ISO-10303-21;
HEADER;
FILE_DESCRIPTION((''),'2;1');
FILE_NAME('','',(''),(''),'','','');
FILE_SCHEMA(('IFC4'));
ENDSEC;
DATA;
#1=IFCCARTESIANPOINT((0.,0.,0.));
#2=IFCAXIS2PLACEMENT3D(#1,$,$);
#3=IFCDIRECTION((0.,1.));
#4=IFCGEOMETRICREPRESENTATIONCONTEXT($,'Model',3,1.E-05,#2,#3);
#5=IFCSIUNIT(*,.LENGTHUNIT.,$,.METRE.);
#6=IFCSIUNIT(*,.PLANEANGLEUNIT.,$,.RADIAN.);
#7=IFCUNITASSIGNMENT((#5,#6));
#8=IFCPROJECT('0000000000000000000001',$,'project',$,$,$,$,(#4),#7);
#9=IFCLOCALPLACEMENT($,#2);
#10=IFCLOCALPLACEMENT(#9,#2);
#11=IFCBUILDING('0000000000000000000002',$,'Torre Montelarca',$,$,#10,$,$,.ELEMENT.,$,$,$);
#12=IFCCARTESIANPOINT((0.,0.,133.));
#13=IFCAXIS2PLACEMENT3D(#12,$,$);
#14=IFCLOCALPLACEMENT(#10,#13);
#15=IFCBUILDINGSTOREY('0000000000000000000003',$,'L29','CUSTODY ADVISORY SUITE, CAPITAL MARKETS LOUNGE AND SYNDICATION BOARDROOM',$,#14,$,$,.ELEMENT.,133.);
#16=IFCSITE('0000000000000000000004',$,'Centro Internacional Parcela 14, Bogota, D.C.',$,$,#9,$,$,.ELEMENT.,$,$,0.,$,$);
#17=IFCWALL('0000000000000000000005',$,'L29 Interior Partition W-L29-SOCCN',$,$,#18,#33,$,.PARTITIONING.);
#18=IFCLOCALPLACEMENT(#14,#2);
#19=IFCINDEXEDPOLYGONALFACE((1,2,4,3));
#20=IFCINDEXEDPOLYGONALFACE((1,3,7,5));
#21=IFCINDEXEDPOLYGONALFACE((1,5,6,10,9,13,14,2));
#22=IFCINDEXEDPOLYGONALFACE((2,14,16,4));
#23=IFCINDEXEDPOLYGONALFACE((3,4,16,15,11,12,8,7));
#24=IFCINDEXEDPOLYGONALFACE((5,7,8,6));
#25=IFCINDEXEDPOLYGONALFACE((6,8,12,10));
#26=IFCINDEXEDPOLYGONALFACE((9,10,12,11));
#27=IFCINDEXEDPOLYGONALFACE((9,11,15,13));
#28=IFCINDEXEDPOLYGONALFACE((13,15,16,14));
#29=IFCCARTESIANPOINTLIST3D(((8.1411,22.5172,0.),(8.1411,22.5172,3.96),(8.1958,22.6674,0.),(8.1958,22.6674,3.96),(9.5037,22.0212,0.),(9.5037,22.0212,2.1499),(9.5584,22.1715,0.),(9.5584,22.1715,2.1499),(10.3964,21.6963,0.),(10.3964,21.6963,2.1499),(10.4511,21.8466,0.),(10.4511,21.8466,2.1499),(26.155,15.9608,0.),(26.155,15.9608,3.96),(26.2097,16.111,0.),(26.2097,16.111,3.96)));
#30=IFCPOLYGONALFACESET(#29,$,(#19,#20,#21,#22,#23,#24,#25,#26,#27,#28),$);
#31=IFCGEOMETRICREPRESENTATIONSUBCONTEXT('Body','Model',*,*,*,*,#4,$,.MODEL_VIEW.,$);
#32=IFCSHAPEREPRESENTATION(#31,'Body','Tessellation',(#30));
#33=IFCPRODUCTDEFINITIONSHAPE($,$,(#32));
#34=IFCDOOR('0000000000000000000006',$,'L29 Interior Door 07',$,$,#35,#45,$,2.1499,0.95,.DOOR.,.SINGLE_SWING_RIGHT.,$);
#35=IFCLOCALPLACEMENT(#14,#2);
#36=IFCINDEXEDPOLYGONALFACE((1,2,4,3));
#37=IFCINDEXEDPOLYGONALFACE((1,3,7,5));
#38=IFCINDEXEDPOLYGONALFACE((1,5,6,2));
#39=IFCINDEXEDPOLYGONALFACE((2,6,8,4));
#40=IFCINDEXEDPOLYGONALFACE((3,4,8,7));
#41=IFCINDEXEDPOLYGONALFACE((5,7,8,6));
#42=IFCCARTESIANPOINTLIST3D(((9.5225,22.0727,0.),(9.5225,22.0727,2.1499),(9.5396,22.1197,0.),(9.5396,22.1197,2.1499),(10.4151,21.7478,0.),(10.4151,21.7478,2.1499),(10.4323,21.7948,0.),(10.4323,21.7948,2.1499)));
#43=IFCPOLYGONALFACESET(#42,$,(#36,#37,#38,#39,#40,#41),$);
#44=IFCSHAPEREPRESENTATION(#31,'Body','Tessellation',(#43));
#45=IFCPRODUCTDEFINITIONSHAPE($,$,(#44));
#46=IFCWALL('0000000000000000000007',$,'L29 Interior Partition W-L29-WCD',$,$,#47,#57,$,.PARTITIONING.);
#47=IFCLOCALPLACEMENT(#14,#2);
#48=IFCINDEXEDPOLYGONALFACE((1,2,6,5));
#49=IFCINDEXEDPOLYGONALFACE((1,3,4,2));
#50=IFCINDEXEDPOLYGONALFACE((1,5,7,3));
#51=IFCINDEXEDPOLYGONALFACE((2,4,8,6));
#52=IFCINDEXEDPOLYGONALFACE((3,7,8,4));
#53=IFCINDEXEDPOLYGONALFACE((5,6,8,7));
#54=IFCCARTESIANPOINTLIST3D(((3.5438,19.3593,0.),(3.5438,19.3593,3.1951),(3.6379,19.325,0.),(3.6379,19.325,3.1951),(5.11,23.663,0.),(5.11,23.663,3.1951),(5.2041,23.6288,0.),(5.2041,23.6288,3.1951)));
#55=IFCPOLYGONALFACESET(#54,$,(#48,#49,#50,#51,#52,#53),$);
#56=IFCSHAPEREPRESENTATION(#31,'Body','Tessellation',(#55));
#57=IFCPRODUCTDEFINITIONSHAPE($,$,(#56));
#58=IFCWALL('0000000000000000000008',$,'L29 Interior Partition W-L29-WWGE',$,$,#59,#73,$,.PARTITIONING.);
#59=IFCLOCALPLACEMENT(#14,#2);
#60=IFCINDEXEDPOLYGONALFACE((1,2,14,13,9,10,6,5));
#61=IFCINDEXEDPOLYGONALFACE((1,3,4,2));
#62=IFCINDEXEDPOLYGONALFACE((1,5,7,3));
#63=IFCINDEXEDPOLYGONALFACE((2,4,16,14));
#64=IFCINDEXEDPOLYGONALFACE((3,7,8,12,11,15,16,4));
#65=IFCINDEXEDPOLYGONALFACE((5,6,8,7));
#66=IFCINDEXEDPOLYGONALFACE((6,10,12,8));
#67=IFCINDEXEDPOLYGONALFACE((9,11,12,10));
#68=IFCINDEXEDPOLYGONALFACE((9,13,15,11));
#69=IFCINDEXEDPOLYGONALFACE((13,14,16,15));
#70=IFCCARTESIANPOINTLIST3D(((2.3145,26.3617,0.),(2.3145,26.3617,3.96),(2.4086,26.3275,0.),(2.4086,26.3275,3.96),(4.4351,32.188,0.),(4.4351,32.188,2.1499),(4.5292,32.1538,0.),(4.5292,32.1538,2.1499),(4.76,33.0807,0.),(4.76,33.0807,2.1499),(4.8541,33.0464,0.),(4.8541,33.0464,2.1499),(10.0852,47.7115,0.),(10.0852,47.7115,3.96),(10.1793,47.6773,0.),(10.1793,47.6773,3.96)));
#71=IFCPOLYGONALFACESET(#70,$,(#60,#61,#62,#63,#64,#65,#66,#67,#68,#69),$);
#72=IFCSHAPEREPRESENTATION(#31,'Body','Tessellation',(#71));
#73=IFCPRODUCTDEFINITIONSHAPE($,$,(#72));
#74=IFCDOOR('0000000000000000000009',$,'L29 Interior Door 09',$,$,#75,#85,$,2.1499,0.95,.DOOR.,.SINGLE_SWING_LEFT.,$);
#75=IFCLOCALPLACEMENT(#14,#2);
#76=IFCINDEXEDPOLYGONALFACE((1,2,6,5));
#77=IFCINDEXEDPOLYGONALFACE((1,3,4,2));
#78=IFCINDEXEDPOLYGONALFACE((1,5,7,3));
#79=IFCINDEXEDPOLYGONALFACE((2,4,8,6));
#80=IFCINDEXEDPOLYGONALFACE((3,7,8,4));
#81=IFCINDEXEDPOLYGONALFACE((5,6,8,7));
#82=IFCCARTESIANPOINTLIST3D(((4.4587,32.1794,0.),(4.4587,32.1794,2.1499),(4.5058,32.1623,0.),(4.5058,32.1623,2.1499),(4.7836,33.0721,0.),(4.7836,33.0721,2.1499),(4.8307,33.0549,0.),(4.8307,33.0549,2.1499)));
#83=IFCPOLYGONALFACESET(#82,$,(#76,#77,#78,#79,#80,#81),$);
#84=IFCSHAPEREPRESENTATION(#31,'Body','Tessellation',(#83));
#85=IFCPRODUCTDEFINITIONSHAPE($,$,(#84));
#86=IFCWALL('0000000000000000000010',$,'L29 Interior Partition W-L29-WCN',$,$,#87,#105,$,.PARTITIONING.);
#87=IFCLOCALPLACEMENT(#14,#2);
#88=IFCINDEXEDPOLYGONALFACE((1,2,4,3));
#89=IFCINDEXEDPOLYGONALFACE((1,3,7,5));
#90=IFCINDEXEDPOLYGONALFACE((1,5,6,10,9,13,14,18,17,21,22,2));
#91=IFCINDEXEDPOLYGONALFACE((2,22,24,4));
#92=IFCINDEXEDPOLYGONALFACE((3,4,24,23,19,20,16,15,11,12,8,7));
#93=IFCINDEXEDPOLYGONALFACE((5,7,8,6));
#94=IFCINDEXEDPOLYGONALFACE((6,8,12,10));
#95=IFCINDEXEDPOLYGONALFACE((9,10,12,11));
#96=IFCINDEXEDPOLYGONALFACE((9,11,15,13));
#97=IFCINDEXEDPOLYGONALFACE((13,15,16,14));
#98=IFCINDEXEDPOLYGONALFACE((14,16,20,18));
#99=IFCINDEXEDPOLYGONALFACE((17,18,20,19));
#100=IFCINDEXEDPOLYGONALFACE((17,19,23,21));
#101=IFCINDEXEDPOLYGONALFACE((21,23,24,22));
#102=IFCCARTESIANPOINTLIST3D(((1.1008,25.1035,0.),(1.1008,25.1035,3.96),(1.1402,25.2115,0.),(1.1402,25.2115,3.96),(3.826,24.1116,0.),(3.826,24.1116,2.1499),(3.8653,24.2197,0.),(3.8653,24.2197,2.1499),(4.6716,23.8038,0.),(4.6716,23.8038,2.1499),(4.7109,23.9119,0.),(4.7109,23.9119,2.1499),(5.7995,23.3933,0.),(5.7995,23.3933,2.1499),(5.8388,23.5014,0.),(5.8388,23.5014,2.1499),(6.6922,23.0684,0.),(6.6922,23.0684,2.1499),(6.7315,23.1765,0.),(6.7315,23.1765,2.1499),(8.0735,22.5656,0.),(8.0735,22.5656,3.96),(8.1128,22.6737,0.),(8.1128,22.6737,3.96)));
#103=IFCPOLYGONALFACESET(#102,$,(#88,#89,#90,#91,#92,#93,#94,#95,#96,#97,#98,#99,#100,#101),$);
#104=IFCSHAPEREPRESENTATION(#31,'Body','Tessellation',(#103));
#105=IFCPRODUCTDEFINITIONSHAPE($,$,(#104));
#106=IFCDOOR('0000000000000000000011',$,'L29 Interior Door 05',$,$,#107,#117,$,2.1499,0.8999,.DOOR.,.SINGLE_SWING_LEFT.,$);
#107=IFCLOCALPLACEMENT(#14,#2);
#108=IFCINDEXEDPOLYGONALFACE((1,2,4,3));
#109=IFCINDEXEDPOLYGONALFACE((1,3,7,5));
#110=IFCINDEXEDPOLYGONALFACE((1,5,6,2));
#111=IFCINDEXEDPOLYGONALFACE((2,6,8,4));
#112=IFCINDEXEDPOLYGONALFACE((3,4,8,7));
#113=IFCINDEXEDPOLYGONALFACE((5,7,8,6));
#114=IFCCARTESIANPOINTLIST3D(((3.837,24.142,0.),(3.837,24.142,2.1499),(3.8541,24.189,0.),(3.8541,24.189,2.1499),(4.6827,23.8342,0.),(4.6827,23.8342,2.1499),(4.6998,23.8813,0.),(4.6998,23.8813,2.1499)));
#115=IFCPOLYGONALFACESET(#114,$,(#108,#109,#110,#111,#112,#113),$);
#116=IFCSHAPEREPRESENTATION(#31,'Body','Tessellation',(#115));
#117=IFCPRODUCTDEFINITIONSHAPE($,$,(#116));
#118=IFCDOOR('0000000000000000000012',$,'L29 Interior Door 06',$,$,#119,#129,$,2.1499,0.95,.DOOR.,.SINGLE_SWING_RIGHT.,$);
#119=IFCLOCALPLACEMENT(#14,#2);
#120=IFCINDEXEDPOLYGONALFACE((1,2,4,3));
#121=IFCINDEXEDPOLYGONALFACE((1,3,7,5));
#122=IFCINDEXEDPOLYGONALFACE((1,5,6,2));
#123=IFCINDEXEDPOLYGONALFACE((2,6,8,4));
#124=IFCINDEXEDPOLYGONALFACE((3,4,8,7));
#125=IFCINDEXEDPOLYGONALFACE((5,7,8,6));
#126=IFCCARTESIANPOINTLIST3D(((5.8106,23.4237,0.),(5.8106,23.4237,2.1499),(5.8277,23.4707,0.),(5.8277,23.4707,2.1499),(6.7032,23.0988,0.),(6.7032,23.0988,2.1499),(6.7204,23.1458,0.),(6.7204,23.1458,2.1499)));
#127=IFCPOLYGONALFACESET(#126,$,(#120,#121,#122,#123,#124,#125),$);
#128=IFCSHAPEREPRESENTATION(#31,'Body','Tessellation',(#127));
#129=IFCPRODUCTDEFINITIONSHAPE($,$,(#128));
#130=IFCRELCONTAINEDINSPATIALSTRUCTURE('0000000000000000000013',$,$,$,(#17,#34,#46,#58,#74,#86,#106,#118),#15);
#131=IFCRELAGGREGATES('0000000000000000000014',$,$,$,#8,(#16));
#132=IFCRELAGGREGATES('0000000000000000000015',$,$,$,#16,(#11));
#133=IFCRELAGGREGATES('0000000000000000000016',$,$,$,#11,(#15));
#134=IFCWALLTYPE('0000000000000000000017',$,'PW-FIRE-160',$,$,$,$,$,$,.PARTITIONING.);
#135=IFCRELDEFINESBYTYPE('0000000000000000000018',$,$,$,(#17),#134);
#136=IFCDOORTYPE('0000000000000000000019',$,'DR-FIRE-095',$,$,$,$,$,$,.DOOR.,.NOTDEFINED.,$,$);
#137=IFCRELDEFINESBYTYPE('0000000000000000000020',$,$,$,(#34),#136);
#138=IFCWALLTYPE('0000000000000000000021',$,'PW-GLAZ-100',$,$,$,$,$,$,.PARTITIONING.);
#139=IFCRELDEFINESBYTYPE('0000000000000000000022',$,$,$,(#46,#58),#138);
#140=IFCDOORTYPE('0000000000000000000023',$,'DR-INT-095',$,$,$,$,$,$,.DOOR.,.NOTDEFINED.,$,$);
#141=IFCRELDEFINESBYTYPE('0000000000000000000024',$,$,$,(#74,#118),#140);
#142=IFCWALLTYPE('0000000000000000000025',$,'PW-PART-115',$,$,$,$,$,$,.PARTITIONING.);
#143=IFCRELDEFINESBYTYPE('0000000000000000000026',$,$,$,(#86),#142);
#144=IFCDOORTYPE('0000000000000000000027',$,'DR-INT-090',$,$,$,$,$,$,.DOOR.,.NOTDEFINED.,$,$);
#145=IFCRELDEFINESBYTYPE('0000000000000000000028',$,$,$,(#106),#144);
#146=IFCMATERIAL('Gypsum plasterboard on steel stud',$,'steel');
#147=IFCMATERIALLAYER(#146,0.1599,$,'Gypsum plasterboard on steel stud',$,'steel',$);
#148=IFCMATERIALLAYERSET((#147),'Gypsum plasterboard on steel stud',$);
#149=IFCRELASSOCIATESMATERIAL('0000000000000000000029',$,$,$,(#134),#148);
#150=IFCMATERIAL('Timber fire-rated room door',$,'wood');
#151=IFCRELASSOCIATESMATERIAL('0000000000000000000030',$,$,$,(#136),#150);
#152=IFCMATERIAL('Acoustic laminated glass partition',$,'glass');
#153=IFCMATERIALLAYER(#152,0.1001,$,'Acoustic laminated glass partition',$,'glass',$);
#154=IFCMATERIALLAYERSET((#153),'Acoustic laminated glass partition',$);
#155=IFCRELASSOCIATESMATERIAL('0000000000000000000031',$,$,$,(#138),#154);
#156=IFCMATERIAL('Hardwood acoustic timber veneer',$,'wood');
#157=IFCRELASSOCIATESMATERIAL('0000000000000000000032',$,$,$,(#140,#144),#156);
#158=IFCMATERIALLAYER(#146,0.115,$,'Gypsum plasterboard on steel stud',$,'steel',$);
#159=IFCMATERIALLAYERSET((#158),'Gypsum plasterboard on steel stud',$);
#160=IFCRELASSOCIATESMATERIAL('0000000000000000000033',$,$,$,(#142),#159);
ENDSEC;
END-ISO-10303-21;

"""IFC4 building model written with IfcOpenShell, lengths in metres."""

from ifc_helpers import new_model, si_unit, direction, frame, frame_2d, origin, place, context, subcontext, project, spatial, rectangle, extrude, source, transform, mapped, material, layer, layer_set, type_object, element, fill, save


model = new_model("IFC4")

# Units and contexts
model_context = context("Model", 3, precision=1e-05, world=origin(), true_north=direction((0.0, 1.0)))
body_context = subcontext(model_context, "Body", "Model", "MODEL_VIEW")
ifc_project = project(units=[si_unit("LENGTHUNIT", "METRE"), si_unit("PLANEANGLEUNIT", "RADIAN")], contexts=[model_context])

# Site, building, storey
site_placement = place(None, origin())
site = spatial("IfcSite", under=ifc_project, at=site_placement, Name="Centro Internacional Parcela 14, Bogota, D.C.", CompositionType="ELEMENT", RefElevation=0.0)
building_placement = place(site_placement, origin())
building = spatial("IfcBuilding", under=site, at=building_placement, Name="Torre Montelarca", CompositionType="ELEMENT")
storey_placement = place(building_placement, frame((0.0, 0.0, 133.0)))
storey = spatial("IfcBuildingStorey", under=building, at=storey_placement, Name="L29", Description="CUSTODY ADVISORY SUITE, CAPITAL MARKETS LOUNGE AND SYNDICATION BOARDROOM", CompositionType="ELEMENT", Elevation=133.0)

# Wall, opening, door
ifc_material_1 = material(Name="Gypsum plasterboard on steel stud", Category="steel")
ifc_layer_1 = layer(ifc_material_1, 0.1599, Name="Gypsum plasterboard on steel stud", Category="steel")
ifc_layer_set_1 = layer_set([ifc_layer_1], Name="Gypsum plasterboard on steel stud")
wall_type_1 = type_object("IfcWallType", Name="PW-FIRE-160", PredefinedType="PARTITIONING", material=ifc_layer_set_1)
wall_1_placement = place(storey_placement, frame((8.1685, 22.5923, 0.0), z_axis=(0.0, 0.0, 1.0), x_axis=(0.939695, -0.342014, 0.0)))
wall_1 = element("IfcWall", 1, at=wall_1_placement, inside=storey, type_object=wall_type_1, Name="L29 Interior Partition W-L29-SOCCN", PredefinedType="PARTITIONING", context=body_context, shape_type="SweptSolid", body=[
    extrude(rectangle(XDim=19.1699, YDim=0.1599, at=frame_2d((9.585, 0.0))), origin(), (0.0, 0.0, 1.0), 3.96),
])
opening_1_placement = place(wall_1_placement, frame((1.45, 0.0, 0.0)))
opening_1 = element("IfcOpeningElement", 2, at=opening_1_placement, cuts=wall_1, PredefinedType="OPENING", context=body_context, shape_type="SweptSolid", body=[
    extrude(rectangle(XDim=0.95, YDim=2.1499, at=frame_2d((0.4751, 1.075))), frame((0.0, 0.0898, 0.0), z_axis=(0.0, -1.0, 0.0), x_axis=(1.0, 0.0, 0.0)), (0.0, 0.0, 1.0), 0.1799),
])
ifc_material_2 = material(Name="Timber fire-rated room door", Category="wood")
door_type_1 = type_object("IfcDoorType", Name="DR-FIRE-095", OperationType="NOTDEFINED", PredefinedType="DOOR", material=ifc_material_2)
shared_shape_1 = source(origin(), body_context, "Body", "SweptSolid", [
    extrude(rectangle(XDim=0.95, YDim=2.1499, at=frame_2d((0.4751, 1.075))), frame((0.0, 0.0249, 0.0), z_axis=(0.0, -1.0, 0.0), x_axis=(1.0, 0.0, 0.0)), (0.0, 0.0, 1.0), 0.05),
])
door_1_placement = place(opening_1_placement, origin())
door_1 = element("IfcDoor", 3, at=door_1_placement, inside=storey, type_object=door_type_1, Name="L29 Interior Door 07", OperationType="SINGLE_SWING_RIGHT", OverallHeight=2.1499, OverallWidth=0.95, PredefinedType="DOOR", context=body_context, shape_type="MappedRepresentation", body=[
    mapped(shared_shape_1, transform((0.0, 0.0, 0.0), scale=1.0)),
])
fill(opening_1, door_1)

# Wall
ifc_material_3 = material(Name="Acoustic laminated glass partition", Category="glass")
ifc_layer_2 = layer(ifc_material_3, 0.1001, Name="Acoustic laminated glass partition", Category="glass")
ifc_layer_set_2 = layer_set([ifc_layer_2], Name="Acoustic laminated glass partition")
wall_type_2 = type_object("IfcWallType", Name="PW-GLAZ-100", PredefinedType="PARTITIONING", material=ifc_layer_set_2)
wall_2_placement = place(storey_placement, frame((3.5908, 19.342, 0.0), z_axis=(0.0, 0.0, 1.0), x_axis=(0.34197, 0.939711, 0.0)))
element("IfcWall", 4, at=wall_2_placement, inside=storey, type_object=wall_type_2, Name="L29 Interior Partition W-L29-WCD", PredefinedType="PARTITIONING", context=body_context, shape_type="SweptSolid", body=[
    extrude(rectangle(XDim=4.5798, YDim=0.1001, at=frame_2d((2.29, 0.0))), origin(), (0.0, 0.0, 1.0), 3.1951),
])

# Wall, opening, door
wall_3_placement = place(storey_placement, frame((2.3616, 26.3447, 0.0), z_axis=(0.0, 0.0, 1.0), x_axis=(0.342022, 0.939692, 0.0)))
wall_3 = element("IfcWall", 5, at=wall_3_placement, inside=storey, type_object=wall_type_2, Name="L29 Interior Partition W-L29-WWGE", PredefinedType="PARTITIONING", context=body_context, shape_type="SweptSolid", body=[
    extrude(rectangle(XDim=22.72, YDim=0.1001, at=frame_2d((11.3599, 0.0))), origin(), (0.0, 0.0, 1.0), 3.96),
])
opening_2_placement = place(wall_3_placement, frame((6.2, 0.0, 0.0)))
opening_2 = element("IfcOpeningElement", 6, at=opening_2_placement, cuts=wall_3, PredefinedType="OPENING", context=body_context, shape_type="SweptSolid", body=[
    extrude(rectangle(XDim=0.95, YDim=2.1499, at=frame_2d((0.4751, 1.075))), frame((0.0, 0.0601, 0.0), z_axis=(0.0, -1.0, 0.0), x_axis=(1.0, 0.0, 0.0)), (0.0, 0.0, 1.0), 0.1201),
])
ifc_material_4 = material(Name="Hardwood acoustic timber veneer", Category="wood")
door_type_2 = type_object("IfcDoorType", Name="DR-INT-095", OperationType="NOTDEFINED", PredefinedType="DOOR", material=ifc_material_4)
shared_shape_2 = source(origin(), body_context, "Body", "SweptSolid", [
    extrude(rectangle(XDim=0.95, YDim=2.1499, at=frame_2d((0.4751, 1.075))), frame((0.0, 0.0249, 0.0), z_axis=(0.0, -1.0, 0.0), x_axis=(1.0, 0.0, 0.0)), (0.0, 0.0, 1.0), 0.05),
])
door_2_placement = place(opening_2_placement, origin())
door_2 = element("IfcDoor", 7, at=door_2_placement, inside=storey, type_object=door_type_2, Name="L29 Interior Door 09", OperationType="SINGLE_SWING_LEFT", OverallHeight=2.1499, OverallWidth=0.95, PredefinedType="DOOR", context=body_context, shape_type="MappedRepresentation", body=[
    mapped(shared_shape_2, transform((0.0, 0.0, 0.0), scale=1.0)),
])
fill(opening_2, door_2)

# Wall, openings, doors
ifc_layer_3 = layer(ifc_material_1, 0.115, Name="Gypsum plasterboard on steel stud", Category="steel")
ifc_layer_set_3 = layer_set([ifc_layer_3], Name="Gypsum plasterboard on steel stud")
wall_type_3 = type_object("IfcWallType", Name="PW-PART-115", PredefinedType="PARTITIONING", material=ifc_layer_set_3)
wall_4_placement = place(storey_placement, frame((1.1206, 25.1575, 0.0), z_axis=(0.0, 0.0, 1.0), x_axis=(0.939693, -0.34202, 0.0)))
wall_4 = element("IfcWall", 8, at=wall_4_placement, inside=storey, type_object=wall_type_3, Name="L29 Interior Partition W-L29-WCN", PredefinedType="PARTITIONING", context=body_context, shape_type="SweptSolid", body=[
    extrude(rectangle(XDim=7.4202, YDim=0.115, at=frame_2d((3.71, 0.0))), origin(), (0.0, 0.0, 1.0), 3.96),
])
opening_3_placement = place(wall_4_placement, frame((2.8999, 0.0, 0.0)))
opening_3 = element("IfcOpeningElement", 9, at=opening_3_placement, cuts=wall_4, PredefinedType="OPENING", context=body_context, shape_type="SweptSolid", body=[
    extrude(rectangle(XDim=0.8999, YDim=2.1499, at=frame_2d((0.45, 1.075))), frame((0.0, 0.0674, 0.0), z_axis=(0.0, -1.0, 0.0), x_axis=(1.0, 0.0, 0.0)), (0.0, 0.0, 1.0), 0.135),
])
opening_4_placement = place(wall_4_placement, frame((5.0, 0.0, 0.0)))
opening_4 = element("IfcOpeningElement", 10, at=opening_4_placement, cuts=wall_4, PredefinedType="OPENING", context=body_context, shape_type="SweptSolid", body=[
    extrude(rectangle(XDim=0.95, YDim=2.1499, at=frame_2d((0.4751, 1.075))), frame((0.0, 0.0674, 0.0), z_axis=(0.0, -1.0, 0.0), x_axis=(1.0, 0.0, 0.0)), (0.0, 0.0, 1.0), 0.135),
])
door_type_3 = type_object("IfcDoorType", Name="DR-INT-090", OperationType="NOTDEFINED", PredefinedType="DOOR", material=ifc_material_4)
shared_shape_3 = source(origin(), body_context, "Body", "SweptSolid", [
    extrude(rectangle(XDim=0.8999, YDim=2.1499, at=frame_2d((0.45, 1.075))), frame((0.0, 0.0249, 0.0), z_axis=(0.0, -1.0, 0.0), x_axis=(1.0, 0.0, 0.0)), (0.0, 0.0, 1.0), 0.05),
])
door_3_placement = place(opening_3_placement, origin())
door_3 = element("IfcDoor", 11, at=door_3_placement, inside=storey, type_object=door_type_3, Name="L29 Interior Door 05", OperationType="SINGLE_SWING_LEFT", OverallHeight=2.1499, OverallWidth=0.8999, PredefinedType="DOOR", context=body_context, shape_type="MappedRepresentation", body=[
    mapped(shared_shape_3, transform((0.0, 0.0, 0.0), scale=1.0)),
])
fill(opening_3, door_3)
door_4_placement = place(opening_4_placement, origin())
door_4 = element("IfcDoor", 12, at=door_4_placement, inside=storey, type_object=door_type_2, Name="L29 Interior Door 06", OperationType="SINGLE_SWING_RIGHT", OverallHeight=2.1499, OverallWidth=0.95, PredefinedType="DOOR", context=body_context, shape_type="MappedRepresentation", body=[
    mapped(shared_shape_2, transform((0.0, 0.0, 0.0), scale=1.0)),
])
fill(opening_4, door_4)

save(model, "model.ifc")
